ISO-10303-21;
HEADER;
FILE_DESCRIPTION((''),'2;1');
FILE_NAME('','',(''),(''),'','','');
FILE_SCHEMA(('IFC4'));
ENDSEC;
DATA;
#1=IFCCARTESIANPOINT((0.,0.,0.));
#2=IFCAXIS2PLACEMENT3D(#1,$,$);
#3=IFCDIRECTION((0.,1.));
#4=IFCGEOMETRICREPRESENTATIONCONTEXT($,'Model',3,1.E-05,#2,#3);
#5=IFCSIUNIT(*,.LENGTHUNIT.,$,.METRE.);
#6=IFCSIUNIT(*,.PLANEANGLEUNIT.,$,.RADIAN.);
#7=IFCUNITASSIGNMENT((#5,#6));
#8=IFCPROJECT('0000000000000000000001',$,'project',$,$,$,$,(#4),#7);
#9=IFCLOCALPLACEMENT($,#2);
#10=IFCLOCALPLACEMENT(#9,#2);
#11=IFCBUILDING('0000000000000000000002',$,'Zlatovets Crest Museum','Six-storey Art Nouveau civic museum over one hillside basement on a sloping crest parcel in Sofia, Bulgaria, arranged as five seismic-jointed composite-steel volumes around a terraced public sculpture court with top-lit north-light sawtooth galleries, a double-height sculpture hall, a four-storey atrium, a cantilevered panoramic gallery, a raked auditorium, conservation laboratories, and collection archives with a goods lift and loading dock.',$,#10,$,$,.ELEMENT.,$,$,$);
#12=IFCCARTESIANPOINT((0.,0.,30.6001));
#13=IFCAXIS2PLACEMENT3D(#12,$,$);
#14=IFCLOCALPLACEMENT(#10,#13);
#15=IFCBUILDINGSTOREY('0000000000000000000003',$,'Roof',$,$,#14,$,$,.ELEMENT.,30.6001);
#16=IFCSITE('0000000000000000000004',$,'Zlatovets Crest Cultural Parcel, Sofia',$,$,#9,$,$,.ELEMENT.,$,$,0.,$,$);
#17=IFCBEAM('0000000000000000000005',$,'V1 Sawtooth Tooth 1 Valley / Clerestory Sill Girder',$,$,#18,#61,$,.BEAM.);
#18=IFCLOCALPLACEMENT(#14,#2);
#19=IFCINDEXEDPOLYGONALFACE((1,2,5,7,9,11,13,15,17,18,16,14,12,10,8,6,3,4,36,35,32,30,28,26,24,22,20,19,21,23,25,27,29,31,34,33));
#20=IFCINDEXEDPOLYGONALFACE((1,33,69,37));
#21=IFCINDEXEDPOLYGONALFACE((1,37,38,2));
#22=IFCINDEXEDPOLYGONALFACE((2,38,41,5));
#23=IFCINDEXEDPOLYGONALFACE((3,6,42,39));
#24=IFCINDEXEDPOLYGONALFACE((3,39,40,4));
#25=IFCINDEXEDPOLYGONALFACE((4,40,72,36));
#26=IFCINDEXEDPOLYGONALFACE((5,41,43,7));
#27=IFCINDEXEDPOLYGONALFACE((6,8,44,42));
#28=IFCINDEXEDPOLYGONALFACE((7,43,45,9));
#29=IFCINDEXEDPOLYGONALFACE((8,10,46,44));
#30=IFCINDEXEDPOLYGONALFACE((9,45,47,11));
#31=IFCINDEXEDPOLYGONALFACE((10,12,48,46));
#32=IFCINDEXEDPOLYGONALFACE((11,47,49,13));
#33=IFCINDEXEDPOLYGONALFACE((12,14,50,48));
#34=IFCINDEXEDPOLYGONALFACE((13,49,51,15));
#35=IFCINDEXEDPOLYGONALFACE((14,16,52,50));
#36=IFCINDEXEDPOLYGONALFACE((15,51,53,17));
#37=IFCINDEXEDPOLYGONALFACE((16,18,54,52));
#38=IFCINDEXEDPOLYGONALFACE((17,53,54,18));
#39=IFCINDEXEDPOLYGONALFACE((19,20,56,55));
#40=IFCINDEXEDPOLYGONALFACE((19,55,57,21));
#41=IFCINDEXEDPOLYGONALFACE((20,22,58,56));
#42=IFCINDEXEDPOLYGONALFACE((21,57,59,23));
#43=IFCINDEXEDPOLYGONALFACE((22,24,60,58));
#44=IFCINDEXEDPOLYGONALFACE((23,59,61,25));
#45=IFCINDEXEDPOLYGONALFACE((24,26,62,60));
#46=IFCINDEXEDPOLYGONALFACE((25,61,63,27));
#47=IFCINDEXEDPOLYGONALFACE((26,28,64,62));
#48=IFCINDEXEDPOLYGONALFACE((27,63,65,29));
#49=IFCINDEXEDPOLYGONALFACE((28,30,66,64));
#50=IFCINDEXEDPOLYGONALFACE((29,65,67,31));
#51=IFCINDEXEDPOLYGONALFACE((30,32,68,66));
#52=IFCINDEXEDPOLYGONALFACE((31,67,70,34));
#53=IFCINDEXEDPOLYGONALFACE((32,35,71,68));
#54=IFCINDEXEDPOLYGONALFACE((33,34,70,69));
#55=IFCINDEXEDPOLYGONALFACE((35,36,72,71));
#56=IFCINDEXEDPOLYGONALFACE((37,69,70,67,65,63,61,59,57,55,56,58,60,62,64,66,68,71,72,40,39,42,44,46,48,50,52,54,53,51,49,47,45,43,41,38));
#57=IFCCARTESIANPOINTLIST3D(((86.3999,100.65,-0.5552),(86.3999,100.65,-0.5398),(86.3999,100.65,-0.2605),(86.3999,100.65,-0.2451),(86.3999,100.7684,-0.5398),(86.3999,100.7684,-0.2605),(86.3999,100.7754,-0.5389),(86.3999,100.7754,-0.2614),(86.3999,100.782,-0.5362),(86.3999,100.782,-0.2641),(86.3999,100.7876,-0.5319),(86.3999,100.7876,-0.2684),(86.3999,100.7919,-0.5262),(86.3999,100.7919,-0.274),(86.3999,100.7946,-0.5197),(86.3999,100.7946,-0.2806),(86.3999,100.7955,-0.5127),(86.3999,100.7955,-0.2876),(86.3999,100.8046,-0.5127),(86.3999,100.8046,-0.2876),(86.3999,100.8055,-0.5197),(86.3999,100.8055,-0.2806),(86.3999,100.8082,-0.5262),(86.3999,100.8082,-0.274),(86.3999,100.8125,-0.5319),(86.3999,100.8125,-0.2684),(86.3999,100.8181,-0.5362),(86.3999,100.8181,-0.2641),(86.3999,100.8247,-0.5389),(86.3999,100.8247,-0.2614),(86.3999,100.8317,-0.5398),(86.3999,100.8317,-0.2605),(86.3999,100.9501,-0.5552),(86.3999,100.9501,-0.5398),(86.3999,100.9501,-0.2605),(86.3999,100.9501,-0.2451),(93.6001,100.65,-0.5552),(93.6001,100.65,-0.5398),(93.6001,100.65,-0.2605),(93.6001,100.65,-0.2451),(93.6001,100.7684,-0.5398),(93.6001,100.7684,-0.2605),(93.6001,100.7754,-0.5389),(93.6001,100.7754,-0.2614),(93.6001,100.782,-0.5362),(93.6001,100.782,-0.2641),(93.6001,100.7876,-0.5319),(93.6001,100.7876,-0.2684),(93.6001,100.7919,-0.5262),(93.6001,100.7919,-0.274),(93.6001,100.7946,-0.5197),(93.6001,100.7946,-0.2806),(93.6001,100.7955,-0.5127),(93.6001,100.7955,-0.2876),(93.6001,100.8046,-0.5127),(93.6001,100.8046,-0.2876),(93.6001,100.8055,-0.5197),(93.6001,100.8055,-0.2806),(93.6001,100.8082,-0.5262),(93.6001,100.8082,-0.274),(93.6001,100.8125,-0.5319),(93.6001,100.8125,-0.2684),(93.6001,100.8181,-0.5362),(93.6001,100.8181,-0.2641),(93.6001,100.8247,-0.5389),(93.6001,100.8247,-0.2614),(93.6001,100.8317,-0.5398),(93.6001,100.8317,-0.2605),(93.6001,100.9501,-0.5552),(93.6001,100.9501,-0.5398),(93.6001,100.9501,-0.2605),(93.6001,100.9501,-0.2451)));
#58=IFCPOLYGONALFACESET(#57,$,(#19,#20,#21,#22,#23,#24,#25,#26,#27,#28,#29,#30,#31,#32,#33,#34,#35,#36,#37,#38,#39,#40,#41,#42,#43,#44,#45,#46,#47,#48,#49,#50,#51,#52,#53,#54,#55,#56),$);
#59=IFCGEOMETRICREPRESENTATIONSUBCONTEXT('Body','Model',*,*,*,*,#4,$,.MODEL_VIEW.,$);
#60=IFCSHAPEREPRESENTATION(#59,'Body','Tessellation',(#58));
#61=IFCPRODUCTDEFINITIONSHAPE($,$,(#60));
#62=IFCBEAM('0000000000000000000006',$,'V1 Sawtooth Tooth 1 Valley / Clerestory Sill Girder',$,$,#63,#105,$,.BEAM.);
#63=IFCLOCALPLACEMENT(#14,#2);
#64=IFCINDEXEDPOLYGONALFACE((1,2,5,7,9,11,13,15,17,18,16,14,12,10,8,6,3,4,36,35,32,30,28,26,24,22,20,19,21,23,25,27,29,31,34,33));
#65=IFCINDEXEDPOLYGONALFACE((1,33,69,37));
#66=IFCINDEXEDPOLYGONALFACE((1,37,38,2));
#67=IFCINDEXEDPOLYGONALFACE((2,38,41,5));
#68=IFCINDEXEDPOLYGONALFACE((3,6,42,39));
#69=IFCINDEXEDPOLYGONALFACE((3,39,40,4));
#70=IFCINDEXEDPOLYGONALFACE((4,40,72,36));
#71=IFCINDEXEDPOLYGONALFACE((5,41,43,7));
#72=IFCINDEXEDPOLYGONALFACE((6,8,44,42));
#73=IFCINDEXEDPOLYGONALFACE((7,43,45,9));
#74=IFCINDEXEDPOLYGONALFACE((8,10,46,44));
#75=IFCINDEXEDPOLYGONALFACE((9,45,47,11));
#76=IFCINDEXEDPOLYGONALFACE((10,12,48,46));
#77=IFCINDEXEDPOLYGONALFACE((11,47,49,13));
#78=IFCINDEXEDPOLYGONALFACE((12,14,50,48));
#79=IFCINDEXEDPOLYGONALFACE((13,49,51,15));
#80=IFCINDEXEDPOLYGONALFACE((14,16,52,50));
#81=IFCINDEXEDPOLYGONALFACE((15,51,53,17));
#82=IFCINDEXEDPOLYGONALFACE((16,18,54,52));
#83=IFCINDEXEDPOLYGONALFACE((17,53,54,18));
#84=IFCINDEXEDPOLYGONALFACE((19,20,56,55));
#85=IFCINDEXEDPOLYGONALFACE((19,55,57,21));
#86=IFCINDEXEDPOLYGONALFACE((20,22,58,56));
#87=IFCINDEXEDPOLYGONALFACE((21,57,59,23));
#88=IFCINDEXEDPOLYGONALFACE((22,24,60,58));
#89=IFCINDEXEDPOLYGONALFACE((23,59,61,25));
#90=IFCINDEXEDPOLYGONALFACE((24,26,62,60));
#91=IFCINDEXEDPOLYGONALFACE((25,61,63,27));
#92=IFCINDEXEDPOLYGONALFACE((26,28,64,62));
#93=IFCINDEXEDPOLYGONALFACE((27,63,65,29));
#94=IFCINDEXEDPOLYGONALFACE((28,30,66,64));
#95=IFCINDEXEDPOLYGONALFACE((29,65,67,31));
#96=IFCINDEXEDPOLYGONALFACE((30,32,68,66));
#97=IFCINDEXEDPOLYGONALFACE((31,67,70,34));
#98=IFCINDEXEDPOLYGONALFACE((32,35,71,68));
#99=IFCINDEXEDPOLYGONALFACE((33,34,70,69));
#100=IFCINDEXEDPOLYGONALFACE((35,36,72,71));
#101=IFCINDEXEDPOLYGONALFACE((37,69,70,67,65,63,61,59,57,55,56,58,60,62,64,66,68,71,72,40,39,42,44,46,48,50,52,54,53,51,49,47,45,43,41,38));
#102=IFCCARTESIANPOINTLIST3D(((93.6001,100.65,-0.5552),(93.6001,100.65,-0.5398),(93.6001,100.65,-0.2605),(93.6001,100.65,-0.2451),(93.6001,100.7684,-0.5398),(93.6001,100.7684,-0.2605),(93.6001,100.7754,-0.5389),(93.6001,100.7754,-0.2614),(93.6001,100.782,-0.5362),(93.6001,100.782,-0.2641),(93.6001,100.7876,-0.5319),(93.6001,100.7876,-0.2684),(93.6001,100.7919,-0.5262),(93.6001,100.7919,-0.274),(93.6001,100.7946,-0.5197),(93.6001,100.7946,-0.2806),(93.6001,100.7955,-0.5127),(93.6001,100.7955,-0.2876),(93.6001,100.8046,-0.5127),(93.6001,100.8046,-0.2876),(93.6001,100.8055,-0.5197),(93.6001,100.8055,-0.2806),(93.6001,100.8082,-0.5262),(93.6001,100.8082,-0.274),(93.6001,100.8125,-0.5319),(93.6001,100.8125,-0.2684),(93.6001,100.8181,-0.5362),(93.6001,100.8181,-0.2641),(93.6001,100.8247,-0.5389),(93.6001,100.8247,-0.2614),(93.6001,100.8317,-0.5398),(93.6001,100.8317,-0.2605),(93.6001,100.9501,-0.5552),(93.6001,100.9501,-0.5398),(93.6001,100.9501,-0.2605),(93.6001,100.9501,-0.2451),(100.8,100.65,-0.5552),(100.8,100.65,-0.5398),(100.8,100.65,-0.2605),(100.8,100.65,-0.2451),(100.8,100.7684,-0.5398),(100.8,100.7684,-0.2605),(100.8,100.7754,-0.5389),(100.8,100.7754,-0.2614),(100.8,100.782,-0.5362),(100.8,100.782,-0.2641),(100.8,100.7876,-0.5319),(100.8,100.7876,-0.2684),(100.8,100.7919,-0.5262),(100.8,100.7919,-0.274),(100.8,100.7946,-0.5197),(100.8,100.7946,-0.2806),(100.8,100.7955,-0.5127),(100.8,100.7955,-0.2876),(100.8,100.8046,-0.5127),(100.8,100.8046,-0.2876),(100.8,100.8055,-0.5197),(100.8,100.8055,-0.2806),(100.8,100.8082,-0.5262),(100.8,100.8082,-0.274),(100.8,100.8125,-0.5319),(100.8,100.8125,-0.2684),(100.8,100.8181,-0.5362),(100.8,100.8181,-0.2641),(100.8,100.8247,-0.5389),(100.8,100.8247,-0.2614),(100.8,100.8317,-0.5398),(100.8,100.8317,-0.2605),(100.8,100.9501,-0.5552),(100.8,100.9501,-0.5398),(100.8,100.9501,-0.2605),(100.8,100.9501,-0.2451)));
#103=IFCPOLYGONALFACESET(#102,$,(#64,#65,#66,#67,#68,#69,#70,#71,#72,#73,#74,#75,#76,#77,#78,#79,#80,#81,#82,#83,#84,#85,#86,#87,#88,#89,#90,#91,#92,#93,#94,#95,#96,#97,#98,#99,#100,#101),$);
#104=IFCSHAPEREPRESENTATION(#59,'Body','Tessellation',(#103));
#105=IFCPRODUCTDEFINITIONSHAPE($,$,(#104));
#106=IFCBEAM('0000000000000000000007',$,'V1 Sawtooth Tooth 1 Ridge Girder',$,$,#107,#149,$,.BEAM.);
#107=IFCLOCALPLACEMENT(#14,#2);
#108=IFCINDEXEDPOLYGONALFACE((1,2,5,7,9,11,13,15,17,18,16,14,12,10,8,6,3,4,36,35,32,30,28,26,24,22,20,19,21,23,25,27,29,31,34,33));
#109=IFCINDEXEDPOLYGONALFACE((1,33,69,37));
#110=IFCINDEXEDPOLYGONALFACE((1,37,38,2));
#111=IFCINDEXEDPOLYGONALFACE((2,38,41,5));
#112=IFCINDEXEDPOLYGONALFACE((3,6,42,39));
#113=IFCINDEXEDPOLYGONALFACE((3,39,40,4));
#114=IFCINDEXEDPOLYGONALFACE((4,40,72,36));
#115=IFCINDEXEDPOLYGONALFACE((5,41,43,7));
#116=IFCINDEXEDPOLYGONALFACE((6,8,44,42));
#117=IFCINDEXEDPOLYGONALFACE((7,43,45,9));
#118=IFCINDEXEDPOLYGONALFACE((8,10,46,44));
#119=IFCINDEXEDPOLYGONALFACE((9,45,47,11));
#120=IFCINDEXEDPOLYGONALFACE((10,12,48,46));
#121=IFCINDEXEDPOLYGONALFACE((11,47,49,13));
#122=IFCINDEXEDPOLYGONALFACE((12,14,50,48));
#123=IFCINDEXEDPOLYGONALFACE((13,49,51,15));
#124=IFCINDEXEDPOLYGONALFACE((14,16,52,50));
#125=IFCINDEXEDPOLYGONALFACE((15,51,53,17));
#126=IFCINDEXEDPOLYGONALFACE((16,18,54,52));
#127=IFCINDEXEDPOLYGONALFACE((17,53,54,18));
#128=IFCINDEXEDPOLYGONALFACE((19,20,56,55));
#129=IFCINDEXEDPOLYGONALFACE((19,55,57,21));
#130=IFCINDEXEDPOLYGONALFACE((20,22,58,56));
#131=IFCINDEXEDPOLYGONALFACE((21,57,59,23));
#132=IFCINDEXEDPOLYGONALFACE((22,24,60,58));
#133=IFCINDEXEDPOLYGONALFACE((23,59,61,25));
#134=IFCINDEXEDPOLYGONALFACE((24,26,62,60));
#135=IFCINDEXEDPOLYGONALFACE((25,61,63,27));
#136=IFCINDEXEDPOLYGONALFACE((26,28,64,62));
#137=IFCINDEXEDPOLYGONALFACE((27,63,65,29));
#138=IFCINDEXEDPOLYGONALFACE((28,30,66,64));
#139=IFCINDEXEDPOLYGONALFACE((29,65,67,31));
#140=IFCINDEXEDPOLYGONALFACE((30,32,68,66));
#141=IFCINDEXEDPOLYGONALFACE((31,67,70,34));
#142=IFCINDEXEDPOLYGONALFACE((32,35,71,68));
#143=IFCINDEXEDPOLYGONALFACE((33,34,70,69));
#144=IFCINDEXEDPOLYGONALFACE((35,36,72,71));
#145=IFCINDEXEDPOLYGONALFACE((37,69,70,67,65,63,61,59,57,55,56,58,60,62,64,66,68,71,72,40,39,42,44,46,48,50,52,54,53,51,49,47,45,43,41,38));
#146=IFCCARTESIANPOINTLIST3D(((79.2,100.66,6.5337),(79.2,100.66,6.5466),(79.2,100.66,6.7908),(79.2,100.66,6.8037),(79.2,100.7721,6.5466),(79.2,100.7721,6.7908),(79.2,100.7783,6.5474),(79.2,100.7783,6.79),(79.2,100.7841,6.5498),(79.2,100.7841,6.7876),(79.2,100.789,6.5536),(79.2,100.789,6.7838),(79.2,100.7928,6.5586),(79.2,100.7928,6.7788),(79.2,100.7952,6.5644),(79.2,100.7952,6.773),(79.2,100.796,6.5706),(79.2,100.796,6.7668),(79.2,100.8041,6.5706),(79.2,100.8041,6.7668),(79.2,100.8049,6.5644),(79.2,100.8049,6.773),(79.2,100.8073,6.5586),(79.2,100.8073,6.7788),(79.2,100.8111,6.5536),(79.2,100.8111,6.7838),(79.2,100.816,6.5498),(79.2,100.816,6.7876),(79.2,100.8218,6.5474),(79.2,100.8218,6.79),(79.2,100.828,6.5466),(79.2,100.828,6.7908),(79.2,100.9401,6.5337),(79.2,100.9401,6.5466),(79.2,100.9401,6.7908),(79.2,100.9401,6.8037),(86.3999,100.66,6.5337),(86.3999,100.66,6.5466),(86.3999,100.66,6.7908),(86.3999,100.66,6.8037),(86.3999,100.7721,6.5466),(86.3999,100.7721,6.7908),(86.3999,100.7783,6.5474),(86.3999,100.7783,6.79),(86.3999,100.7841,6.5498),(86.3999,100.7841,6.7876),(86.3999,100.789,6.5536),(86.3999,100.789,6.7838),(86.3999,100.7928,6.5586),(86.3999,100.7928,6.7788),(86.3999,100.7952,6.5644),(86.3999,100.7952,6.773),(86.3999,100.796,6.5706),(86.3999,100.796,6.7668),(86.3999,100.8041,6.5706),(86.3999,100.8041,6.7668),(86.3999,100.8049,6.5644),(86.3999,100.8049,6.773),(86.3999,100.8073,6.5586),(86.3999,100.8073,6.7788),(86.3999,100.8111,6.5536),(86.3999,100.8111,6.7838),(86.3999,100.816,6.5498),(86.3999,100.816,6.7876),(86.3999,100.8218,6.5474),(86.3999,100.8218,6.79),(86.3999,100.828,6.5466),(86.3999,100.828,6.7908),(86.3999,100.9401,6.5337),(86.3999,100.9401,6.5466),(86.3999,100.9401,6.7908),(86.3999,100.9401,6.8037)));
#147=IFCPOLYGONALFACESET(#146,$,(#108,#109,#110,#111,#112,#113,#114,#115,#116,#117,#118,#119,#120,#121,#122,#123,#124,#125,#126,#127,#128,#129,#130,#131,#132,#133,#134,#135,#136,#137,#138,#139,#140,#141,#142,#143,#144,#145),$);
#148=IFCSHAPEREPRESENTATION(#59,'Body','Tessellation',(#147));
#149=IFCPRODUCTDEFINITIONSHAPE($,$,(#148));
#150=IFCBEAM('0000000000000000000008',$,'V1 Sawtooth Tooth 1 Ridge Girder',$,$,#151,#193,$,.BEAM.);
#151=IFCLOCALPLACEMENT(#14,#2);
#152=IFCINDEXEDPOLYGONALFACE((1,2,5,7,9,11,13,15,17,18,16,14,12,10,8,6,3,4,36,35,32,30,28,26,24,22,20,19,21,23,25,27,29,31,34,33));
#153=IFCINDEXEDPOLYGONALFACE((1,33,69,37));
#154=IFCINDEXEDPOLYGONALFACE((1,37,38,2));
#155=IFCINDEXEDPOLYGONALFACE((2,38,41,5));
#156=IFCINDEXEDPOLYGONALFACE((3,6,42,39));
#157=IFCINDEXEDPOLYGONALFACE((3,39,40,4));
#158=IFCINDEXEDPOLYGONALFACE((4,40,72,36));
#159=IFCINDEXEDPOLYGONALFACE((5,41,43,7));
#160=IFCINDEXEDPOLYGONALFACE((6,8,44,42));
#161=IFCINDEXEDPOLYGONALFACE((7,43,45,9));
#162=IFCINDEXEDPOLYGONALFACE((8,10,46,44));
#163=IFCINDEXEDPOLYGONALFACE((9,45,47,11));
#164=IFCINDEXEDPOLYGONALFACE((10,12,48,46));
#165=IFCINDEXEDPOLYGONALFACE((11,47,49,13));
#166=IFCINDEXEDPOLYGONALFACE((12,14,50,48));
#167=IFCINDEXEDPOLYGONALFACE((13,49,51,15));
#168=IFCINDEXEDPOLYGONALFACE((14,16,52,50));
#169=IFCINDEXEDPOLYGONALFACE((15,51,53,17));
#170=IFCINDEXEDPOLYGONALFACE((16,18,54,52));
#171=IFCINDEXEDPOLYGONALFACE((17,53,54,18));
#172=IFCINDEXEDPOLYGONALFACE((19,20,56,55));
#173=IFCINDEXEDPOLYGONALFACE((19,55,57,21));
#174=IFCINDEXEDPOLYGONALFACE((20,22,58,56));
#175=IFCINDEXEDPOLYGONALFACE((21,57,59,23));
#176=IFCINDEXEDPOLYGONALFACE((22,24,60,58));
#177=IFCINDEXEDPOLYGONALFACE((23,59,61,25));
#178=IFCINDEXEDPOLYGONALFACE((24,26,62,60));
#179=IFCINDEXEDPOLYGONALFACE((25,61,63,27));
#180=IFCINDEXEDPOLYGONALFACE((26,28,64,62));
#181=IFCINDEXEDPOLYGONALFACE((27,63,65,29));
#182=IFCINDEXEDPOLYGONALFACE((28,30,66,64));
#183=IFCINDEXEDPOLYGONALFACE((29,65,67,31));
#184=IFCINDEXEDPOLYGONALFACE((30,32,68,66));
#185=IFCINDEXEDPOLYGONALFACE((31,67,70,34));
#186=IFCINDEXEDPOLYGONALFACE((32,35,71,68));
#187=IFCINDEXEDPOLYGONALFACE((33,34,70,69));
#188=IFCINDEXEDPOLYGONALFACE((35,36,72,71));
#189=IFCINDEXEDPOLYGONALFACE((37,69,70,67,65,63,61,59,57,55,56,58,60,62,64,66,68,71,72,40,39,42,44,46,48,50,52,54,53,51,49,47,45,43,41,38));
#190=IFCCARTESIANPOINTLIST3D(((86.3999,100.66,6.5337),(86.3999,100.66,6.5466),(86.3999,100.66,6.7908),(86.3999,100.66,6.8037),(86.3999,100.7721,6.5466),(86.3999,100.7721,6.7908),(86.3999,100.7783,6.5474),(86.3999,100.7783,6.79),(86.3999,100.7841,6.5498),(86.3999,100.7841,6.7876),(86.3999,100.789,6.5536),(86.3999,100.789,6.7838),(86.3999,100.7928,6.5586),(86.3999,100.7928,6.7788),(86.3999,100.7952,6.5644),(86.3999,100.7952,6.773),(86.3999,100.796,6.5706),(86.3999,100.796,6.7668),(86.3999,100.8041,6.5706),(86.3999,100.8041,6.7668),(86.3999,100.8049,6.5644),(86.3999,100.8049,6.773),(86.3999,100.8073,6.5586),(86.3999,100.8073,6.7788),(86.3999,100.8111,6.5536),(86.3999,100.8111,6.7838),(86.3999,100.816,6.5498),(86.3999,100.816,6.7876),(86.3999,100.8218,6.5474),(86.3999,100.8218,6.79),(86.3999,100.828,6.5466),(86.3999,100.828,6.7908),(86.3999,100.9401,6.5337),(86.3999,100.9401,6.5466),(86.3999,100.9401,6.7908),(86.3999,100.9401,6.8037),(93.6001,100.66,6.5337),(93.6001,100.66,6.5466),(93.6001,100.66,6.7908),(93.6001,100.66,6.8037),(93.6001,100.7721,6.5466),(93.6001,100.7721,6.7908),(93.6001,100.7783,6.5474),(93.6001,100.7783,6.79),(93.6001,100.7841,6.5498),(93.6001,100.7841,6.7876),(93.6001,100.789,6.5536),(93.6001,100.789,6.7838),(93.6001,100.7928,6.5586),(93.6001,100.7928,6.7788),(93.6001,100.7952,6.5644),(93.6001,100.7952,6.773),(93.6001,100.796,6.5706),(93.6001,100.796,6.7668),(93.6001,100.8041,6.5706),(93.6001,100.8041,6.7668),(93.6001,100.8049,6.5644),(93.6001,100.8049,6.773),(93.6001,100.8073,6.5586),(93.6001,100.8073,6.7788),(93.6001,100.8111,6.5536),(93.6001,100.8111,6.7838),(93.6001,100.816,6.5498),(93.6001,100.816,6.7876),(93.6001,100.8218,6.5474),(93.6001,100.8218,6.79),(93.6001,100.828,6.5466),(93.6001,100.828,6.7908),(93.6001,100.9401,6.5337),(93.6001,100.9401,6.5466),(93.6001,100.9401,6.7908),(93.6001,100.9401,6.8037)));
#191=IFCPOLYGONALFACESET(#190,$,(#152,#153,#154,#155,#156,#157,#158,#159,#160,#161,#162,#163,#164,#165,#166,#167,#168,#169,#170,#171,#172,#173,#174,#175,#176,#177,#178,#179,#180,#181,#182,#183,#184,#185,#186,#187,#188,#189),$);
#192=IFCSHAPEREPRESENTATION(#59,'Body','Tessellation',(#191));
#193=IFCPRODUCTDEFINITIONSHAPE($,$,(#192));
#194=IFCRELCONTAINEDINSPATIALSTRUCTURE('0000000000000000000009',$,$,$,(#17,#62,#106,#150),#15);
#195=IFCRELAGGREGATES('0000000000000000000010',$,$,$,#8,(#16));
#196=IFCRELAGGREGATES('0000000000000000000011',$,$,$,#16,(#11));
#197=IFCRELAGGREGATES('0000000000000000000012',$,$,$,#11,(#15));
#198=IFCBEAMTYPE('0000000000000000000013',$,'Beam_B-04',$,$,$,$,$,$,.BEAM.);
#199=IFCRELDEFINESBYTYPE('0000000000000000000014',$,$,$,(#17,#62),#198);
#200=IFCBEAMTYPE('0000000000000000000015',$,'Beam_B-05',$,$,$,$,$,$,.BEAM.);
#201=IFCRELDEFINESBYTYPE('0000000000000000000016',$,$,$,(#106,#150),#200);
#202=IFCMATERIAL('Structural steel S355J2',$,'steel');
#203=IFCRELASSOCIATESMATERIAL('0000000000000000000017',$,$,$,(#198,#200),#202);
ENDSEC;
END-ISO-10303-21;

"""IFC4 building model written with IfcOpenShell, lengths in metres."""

from ifc_helpers import new_model, si_unit, direction, frame, origin, origin_2d, place, context, subcontext, project, spatial, i_section, extrude, material, material_profile, profile_set, type_object, element, save


model = new_model("IFC4")

# Units and contexts
model_context = context("Model", 3, precision=1e-05, world=origin(), true_north=direction((0.0, 1.0)))
body_context = subcontext(model_context, "Body", "Model", "MODEL_VIEW")
ifc_project = project(units=[si_unit("LENGTHUNIT", "METRE"), si_unit("PLANEANGLEUNIT", "RADIAN")], contexts=[model_context])

# Site, building, storey
site_placement = place(None, origin())
site = spatial("IfcSite", under=ifc_project, at=site_placement, Name="Zlatovets Crest Cultural Parcel, Sofia", CompositionType="ELEMENT", RefElevation=0.0)
building_placement = place(site_placement, origin())
building = spatial("IfcBuilding", under=site, at=building_placement, Name="Zlatovets Crest Museum", Description="Six-storey Art Nouveau civic museum over one hillside basement on a sloping crest parcel in Sofia, Bulgaria, arranged as five seismic-jointed composite-steel volumes around a terraced public sculpture court with top-lit north-light sawtooth galleries, a double-height sculpture hall, a four-storey atrium, a cantilevered panoramic gallery, a raked auditorium, conservation laboratories, and collection archives with a goods lift and loading dock.", CompositionType="ELEMENT")
storey_placement = place(building_placement, frame((0.0, 0.0, 30.6001)))
storey = spatial("IfcBuildingStorey", under=building, at=storey_placement, Name="Roof", CompositionType="ELEMENT", Elevation=30.6001)

# Beams
ifc_material_1 = material(Name="Structural steel S355J2", Category="steel")
ifc_material_profile_1 = material_profile(ifc_material_1, i_section(OverallWidth=0.3, OverallDepth=0.3101, WebThickness=0.009, FlangeThickness=0.0154, FilletRadius=0.0271, at=origin_2d()), Name="HEA 320")
ifc_profile_set_1 = profile_set([ifc_material_profile_1], Name="Structural steel S355J2")
beam_type_1 = type_object("IfcBeamType", Name="Beam_B-04", PredefinedType="BEAM", material=ifc_profile_set_1)
beam_1_placement = place(storey_placement, frame((86.3999, 100.8, -0.4001), z_axis=(1.0, 0.0, 0.0), x_axis=(0.0, 1.0, 0.0)))
element("IfcBeam", 1, at=beam_1_placement, inside=storey, type_object=beam_type_1, Name="V1 Sawtooth Tooth 1 Valley / Clerestory Sill Girder", PredefinedType="BEAM", context=body_context, shape_type="SweptSolid", body=[
    extrude(i_section(OverallWidth=0.3, OverallDepth=0.3101, WebThickness=0.009, FlangeThickness=0.0154, FilletRadius=0.0271, at=origin_2d()), origin(), (0.0, 0.0, 1.0), 7.2002),
])
beam_2_placement = place(storey_placement, frame((93.6001, 100.8, -0.4001), z_axis=(1.0, 0.0, 0.0), x_axis=(0.0, 1.0, 0.0)))
element("IfcBeam", 2, at=beam_2_placement, inside=storey, type_object=beam_type_1, Name="V1 Sawtooth Tooth 1 Valley / Clerestory Sill Girder", PredefinedType="BEAM", context=body_context, shape_type="SweptSolid", body=[
    extrude(i_section(OverallWidth=0.3, OverallDepth=0.3101, WebThickness=0.009, FlangeThickness=0.0154, FilletRadius=0.0271, at=origin_2d()), origin(), (0.0, 0.0, 1.0), 7.2),
])
ifc_material_profile_2 = material_profile(ifc_material_1, i_section(OverallWidth=0.28, OverallDepth=0.27, WebThickness=0.0081, FlangeThickness=0.0129, FilletRadius=0.0239, at=origin_2d()), Name="HEA 280")
ifc_profile_set_2 = profile_set([ifc_material_profile_2], Name="Structural steel S355J2")
beam_type_2 = type_object("IfcBeamType", Name="Beam_B-05", PredefinedType="BEAM", material=ifc_profile_set_2)
beam_3_placement = place(storey_placement, frame((79.2, 100.8, 6.6687), z_axis=(1.0, 0.0, 0.0), x_axis=(0.0, 1.0, 0.0)))
element("IfcBeam", 3, at=beam_3_placement, inside=storey, type_object=beam_type_2, Name="V1 Sawtooth Tooth 1 Ridge Girder", PredefinedType="BEAM", context=body_context, shape_type="SweptSolid", body=[
    extrude(i_section(OverallWidth=0.28, OverallDepth=0.27, WebThickness=0.0081, FlangeThickness=0.0129, FilletRadius=0.0239, at=origin_2d()), origin(), (0.0, 0.0, 1.0), 7.2),
])
beam_4_placement = place(storey_placement, frame((86.3999, 100.8, 6.6687), z_axis=(1.0, 0.0, 0.0), x_axis=(0.0, 1.0, 0.0)))
element("IfcBeam", 4, at=beam_4_placement, inside=storey, type_object=beam_type_2, Name="V1 Sawtooth Tooth 1 Ridge Girder", PredefinedType="BEAM", context=body_context, shape_type="SweptSolid", body=[
    extrude(i_section(OverallWidth=0.28, OverallDepth=0.27, WebThickness=0.0081, FlangeThickness=0.0129, FilletRadius=0.0239, at=origin_2d()), origin(), (0.0, 0.0, 1.0), 7.2002),
])

save(model, "model.ifc")
